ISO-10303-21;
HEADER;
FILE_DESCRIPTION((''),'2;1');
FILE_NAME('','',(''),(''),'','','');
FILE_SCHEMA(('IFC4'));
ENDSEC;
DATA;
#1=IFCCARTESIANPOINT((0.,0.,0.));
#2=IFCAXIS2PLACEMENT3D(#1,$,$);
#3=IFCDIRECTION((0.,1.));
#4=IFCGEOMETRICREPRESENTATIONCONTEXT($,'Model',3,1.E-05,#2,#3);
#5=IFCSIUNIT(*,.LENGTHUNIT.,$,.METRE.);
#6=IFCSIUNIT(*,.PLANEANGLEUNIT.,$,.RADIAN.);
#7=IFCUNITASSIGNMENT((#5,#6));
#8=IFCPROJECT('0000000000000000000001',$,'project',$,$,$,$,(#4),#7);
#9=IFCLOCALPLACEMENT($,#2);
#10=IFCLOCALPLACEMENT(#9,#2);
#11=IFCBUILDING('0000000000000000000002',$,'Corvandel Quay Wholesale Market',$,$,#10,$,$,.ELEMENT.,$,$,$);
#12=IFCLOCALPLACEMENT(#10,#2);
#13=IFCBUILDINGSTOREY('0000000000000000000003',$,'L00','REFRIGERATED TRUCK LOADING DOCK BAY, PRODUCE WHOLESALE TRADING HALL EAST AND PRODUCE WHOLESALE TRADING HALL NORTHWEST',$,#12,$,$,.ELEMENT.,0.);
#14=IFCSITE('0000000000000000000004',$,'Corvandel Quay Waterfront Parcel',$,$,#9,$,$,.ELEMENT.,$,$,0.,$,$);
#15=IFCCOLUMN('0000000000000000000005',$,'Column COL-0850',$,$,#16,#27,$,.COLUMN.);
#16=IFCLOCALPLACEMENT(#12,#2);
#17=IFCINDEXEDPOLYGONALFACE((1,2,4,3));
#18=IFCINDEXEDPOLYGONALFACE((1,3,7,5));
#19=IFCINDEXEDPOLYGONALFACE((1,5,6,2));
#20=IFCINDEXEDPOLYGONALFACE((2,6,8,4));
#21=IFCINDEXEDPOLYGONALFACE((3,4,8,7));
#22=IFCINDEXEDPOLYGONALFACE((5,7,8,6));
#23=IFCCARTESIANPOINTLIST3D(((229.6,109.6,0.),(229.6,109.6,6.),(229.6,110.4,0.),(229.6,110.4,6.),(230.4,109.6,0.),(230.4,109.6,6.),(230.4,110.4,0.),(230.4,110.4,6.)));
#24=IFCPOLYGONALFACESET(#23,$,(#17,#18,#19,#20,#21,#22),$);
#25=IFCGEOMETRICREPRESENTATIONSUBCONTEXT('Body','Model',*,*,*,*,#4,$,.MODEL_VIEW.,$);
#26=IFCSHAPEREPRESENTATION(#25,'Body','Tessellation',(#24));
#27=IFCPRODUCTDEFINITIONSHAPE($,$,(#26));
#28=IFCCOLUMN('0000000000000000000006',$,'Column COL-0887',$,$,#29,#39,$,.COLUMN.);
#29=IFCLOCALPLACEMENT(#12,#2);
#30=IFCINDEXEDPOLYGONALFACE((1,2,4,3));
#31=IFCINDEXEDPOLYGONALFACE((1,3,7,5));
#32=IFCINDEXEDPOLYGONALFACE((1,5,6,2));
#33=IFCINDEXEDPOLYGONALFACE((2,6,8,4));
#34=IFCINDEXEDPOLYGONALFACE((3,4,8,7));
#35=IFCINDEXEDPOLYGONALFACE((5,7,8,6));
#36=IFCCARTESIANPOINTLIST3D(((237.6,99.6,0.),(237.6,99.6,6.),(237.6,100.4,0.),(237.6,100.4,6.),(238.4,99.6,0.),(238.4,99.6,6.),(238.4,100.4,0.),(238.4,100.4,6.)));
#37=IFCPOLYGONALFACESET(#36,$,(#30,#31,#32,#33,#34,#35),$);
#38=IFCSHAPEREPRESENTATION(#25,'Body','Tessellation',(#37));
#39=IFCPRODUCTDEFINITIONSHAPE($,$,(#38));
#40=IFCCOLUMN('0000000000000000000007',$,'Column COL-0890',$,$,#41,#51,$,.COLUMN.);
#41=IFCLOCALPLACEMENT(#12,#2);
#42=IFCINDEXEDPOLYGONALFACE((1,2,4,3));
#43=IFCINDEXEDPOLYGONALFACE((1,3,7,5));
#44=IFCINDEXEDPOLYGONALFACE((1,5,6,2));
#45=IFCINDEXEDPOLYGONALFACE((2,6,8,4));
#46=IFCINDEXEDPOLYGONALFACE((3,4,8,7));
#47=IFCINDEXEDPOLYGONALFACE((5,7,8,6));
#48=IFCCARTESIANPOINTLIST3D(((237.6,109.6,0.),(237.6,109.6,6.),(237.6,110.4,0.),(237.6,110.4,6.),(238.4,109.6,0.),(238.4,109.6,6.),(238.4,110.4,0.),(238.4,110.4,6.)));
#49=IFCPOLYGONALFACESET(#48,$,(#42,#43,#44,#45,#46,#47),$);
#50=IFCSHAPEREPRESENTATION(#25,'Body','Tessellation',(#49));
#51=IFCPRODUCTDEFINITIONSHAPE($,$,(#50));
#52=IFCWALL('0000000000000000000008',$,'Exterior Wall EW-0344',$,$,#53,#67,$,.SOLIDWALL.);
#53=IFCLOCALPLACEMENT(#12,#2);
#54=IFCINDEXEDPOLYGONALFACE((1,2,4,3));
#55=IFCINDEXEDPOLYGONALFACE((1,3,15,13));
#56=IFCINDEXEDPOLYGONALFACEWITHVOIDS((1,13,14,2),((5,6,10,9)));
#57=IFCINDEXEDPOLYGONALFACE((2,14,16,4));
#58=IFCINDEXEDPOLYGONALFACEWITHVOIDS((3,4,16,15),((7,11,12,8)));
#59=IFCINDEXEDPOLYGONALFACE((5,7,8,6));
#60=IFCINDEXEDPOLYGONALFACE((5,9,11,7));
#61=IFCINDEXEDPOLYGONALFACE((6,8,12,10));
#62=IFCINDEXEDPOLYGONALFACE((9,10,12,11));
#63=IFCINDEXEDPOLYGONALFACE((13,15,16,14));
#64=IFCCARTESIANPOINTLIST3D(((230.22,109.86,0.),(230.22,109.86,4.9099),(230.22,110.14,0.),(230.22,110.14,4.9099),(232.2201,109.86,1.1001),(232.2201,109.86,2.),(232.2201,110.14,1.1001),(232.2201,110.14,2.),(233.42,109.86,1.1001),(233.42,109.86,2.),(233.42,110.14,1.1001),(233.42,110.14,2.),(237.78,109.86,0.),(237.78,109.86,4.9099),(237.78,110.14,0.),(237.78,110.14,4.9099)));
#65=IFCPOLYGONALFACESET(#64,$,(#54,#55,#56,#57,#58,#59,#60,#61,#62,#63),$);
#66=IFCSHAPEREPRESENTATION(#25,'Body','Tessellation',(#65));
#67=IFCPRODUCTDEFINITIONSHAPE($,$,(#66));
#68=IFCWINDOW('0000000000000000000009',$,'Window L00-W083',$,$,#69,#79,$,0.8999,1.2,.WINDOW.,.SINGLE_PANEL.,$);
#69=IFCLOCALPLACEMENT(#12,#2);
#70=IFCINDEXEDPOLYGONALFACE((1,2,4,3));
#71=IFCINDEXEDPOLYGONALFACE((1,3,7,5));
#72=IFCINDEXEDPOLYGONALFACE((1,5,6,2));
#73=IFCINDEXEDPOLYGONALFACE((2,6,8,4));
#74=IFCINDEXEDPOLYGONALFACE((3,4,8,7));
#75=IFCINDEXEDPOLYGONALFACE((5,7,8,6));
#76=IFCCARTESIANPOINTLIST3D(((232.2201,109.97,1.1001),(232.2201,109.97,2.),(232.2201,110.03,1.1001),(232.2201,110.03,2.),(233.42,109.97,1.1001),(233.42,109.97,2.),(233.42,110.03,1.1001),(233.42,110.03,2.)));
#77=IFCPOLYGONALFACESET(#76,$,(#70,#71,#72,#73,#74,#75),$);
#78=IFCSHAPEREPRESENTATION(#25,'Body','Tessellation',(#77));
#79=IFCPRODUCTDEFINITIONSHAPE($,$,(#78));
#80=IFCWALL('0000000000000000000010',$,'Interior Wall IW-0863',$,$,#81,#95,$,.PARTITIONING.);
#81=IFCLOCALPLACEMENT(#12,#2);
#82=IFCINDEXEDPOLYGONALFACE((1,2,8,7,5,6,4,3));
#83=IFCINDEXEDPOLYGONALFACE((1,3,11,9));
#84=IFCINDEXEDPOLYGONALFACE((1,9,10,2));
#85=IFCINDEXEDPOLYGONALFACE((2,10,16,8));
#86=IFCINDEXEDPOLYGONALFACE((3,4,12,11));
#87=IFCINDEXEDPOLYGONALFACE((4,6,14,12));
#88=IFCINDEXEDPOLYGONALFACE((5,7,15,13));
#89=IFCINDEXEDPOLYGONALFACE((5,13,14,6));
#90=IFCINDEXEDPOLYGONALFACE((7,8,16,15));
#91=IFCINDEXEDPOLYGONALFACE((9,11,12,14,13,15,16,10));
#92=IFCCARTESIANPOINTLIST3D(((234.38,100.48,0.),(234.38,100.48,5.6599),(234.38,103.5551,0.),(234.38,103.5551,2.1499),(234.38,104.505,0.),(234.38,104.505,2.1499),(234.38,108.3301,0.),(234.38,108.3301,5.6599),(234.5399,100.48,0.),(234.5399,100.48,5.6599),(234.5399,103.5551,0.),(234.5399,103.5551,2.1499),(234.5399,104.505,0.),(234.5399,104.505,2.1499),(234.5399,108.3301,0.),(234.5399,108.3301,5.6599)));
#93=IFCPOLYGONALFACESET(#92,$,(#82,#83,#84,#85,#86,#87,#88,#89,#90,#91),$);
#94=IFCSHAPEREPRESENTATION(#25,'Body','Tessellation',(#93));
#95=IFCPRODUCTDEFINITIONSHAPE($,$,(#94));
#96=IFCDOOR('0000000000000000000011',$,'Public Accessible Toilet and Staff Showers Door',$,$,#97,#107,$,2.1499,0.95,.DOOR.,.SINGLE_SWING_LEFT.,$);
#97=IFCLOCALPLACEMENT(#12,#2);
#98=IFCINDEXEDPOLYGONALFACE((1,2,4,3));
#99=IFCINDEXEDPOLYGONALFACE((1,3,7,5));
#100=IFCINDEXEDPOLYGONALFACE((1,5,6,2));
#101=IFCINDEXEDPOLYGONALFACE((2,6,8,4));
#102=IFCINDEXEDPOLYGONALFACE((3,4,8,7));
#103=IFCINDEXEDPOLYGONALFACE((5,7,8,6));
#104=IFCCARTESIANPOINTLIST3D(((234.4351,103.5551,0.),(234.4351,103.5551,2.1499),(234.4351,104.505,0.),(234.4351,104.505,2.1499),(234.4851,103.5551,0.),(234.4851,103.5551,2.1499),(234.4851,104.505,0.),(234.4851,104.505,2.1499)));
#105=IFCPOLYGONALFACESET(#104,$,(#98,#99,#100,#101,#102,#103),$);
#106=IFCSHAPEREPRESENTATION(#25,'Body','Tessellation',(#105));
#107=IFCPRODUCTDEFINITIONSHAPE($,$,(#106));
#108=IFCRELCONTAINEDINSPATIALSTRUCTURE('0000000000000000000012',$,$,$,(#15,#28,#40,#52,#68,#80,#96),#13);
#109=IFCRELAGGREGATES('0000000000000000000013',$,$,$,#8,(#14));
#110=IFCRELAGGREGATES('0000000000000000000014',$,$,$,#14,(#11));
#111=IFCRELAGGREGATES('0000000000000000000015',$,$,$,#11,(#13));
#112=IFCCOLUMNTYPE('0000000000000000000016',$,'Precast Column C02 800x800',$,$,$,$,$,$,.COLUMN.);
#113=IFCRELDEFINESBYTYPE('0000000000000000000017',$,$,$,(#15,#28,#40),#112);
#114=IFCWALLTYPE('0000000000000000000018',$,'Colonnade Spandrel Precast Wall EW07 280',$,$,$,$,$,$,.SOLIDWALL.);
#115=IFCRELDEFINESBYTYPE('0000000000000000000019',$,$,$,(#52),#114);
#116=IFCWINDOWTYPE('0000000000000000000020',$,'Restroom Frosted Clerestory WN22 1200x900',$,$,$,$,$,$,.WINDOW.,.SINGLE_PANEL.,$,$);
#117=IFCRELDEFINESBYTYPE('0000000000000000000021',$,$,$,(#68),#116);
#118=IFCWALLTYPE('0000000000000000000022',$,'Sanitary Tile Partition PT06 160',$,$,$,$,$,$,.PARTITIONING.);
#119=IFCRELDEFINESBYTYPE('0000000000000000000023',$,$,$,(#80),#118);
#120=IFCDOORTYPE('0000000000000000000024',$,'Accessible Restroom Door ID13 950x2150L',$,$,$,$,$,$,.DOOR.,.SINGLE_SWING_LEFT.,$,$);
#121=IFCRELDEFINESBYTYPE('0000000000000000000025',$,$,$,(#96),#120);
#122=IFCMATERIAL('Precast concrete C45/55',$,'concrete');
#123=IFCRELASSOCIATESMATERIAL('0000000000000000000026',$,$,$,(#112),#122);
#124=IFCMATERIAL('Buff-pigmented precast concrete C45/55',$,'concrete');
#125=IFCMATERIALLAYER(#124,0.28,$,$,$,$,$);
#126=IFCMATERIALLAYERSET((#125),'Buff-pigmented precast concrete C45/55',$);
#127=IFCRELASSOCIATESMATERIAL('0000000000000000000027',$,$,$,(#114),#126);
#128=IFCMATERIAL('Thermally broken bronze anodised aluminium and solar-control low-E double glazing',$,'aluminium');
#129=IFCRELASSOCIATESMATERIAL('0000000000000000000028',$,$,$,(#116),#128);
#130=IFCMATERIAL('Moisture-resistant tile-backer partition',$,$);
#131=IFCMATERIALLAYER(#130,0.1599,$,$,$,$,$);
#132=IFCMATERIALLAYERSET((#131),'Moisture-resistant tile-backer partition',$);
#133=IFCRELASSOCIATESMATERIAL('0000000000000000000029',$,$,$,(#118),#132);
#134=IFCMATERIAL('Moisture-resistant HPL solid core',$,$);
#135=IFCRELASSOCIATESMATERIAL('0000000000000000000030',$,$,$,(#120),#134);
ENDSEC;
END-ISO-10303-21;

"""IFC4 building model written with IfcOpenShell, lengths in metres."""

from ifc_helpers import new_model, si_unit, direction, frame, frame_2d, origin, origin_2d, place, context, subcontext, project, spatial, rectangle, extrude, material, layer, layer_set, material_profile, profile_set, type_object, element, fill, save


model = new_model("IFC4")

# Units and contexts
model_context = context("Model", 3, precision=1e-05, world=origin(), true_north=direction((0.0, 1.0)))
body_context = subcontext(model_context, "Body", "Model", "MODEL_VIEW")
ifc_project = project(units=[si_unit("LENGTHUNIT", "METRE"), si_unit("PLANEANGLEUNIT", "RADIAN")], contexts=[model_context])

# Site, building, storey
site_placement = place(None, origin())
site = spatial("IfcSite", under=ifc_project, at=site_placement, Name="Corvandel Quay Waterfront Parcel", CompositionType="ELEMENT", RefElevation=0.0)
building_placement = place(site_placement, origin())
building = spatial("IfcBuilding", under=site, at=building_placement, Name="Corvandel Quay Wholesale Market", CompositionType="ELEMENT")
storey_placement = place(building_placement, origin())
storey = spatial("IfcBuildingStorey", under=building, at=storey_placement, Name="L00", Description="REFRIGERATED TRUCK LOADING DOCK BAY, PRODUCE WHOLESALE TRADING HALL EAST AND PRODUCE WHOLESALE TRADING HALL NORTHWEST", CompositionType="ELEMENT", Elevation=0.0)

# Columns
ifc_material_1 = material(Name="Precast concrete C45/55", Category="concrete")
ifc_material_profile_1 = material_profile(ifc_material_1, rectangle(XDim=0.8, YDim=0.8, at=origin_2d()), Name="PC-COL-800x800")
ifc_profile_set_1 = profile_set([ifc_material_profile_1], Name="Precast concrete C45/55")
column_type = type_object("IfcColumnType", Name="Precast Column C02 800x800", PredefinedType="COLUMN", material=ifc_profile_set_1)
for number, where, z_axis, x_axis, name in (
    (1, (230.0, 110.0, 0.0), (0.0, 0.0, 1.0), (1.0, 0.0, 0.0), "Column COL-0850"),
    (2, (238.0, 100.0, 0.0), (0.0, 0.0, 1.0), (1.0, 0.0, 0.0), "Column COL-0887"),
    (3, (238.0, 110.0, 0.0), (0.0, 0.0, 1.0), (1.0, 0.0, 0.0), "Column COL-0890"),
):
    element("IfcColumn", number, at=place(storey_placement, frame(where, z_axis=z_axis, x_axis=x_axis)), inside=storey, type_object=column_type, Name=name, PredefinedType="COLUMN", context=body_context, shape_type="SweptSolid", body=[
        extrude(rectangle(XDim=0.8, YDim=0.8, at=origin_2d()), origin(), (0.0, 0.0, 1.0), 6.0),
    ])

# Wall, opening, window
ifc_material_2 = material(Name="Buff-pigmented precast concrete C45/55", Category="concrete")
ifc_layer_1 = layer(ifc_material_2, 0.28)
ifc_layer_set_1 = layer_set([ifc_layer_1], Name="Buff-pigmented precast concrete C45/55")
wall_type_1 = type_object("IfcWallType", Name="Colonnade Spandrel Precast Wall EW07 280", PredefinedType="SOLIDWALL", material=ifc_layer_set_1)
wall_1_placement = place(storey_placement, frame((230.22, 110.0, 0.0), z_axis=(0.0, 0.0, 1.0), x_axis=(1.0, 0.0, 0.0)))
wall_1 = element("IfcWall", 4, at=wall_1_placement, inside=storey, type_object=wall_type_1, Name="Exterior Wall EW-0344", PredefinedType="SOLIDWALL", context=body_context, shape_type="SweptSolid", body=[
    extrude(rectangle(XDim=7.5601, YDim=0.28, at=frame_2d((3.78, 0.0))), origin(), (0.0, 0.0, 1.0), 4.9099),
])
opening_1_placement = place(wall_1_placement, frame((2.0, 0.0, 1.1001)))
opening_1 = element("IfcOpeningElement", 5, at=opening_1_placement, cuts=wall_1, PredefinedType="OPENING", context=body_context, shape_type="SweptSolid", body=[
    extrude(rectangle(XDim=1.2, YDim=0.8999, at=frame_2d((0.6001, 0.45))), frame((0.0, 0.1499, 0.0), z_axis=(0.0, -1.0, 0.0), x_axis=(1.0, 0.0, 0.0)), (0.0, 0.0, 1.0), 0.3),
])
ifc_material_3 = material(Name="Thermally broken bronze anodised aluminium and solar-control low-E double glazing", Category="aluminium")
window_type = type_object("IfcWindowType", Name="Restroom Frosted Clerestory WN22 1200x900", PartitioningType="SINGLE_PANEL", PredefinedType="WINDOW", material=ifc_material_3)
window_placement = place(opening_1_placement, origin())
window = element("IfcWindow", 6, at=window_placement, inside=storey, type_object=window_type, Name="Window L00-W083", OverallHeight=0.8999, OverallWidth=1.2, PartitioningType="SINGLE_PANEL", PredefinedType="WINDOW", context=body_context, shape_type="SweptSolid", body=[
    extrude(rectangle(XDim=1.2, YDim=0.8999, at=frame_2d((0.6001, 0.45))), frame((0.0, 0.03, 0.0), z_axis=(0.0, -1.0, 0.0), x_axis=(1.0, 0.0, 0.0)), (0.0, 0.0, 1.0), 0.0601),
])
fill(opening_1, window)

# Wall, opening, door
ifc_material_4 = material(Name="Moisture-resistant tile-backer partition")
ifc_layer_2 = layer(ifc_material_4, 0.1599)
ifc_layer_set_2 = layer_set([ifc_layer_2], Name="Moisture-resistant tile-backer partition")
wall_type_2 = type_object("IfcWallType", Name="Sanitary Tile Partition PT06 160", PredefinedType="PARTITIONING", material=ifc_layer_set_2)
wall_2_placement = place(storey_placement, frame((234.46, 100.48, 0.0), z_axis=(0.0, 0.0, 1.0), x_axis=(0.0, 1.0, 0.0)))
wall_2 = element("IfcWall", 7, at=wall_2_placement, inside=storey, type_object=wall_type_2, Name="Interior Wall IW-0863", PredefinedType="PARTITIONING", context=body_context, shape_type="SweptSolid", body=[
    extrude(rectangle(XDim=7.8501, YDim=0.1599, at=frame_2d((3.925, 0.0))), origin(), (0.0, 0.0, 1.0), 5.6599),
])
opening_2_placement = place(wall_2_placement, frame((3.075, 0.0, 0.0)))
opening_2 = element("IfcOpeningElement", 8, at=opening_2_placement, cuts=wall_2, PredefinedType="OPENING", context=body_context, shape_type="SweptSolid", body=[
    extrude(rectangle(XDim=0.95, YDim=2.1499, at=frame_2d((0.4751, 1.075))), frame((0.0, 0.0898, 0.0), z_axis=(0.0, -1.0, 0.0), x_axis=(1.0, 0.0, 0.0)), (0.0, 0.0, 1.0), 0.1799),
])
ifc_material_5 = material(Name="Moisture-resistant HPL solid core")
door_type = type_object("IfcDoorType", Name="Accessible Restroom Door ID13 950x2150L", OperationType="SINGLE_SWING_LEFT", PredefinedType="DOOR", material=ifc_material_5)
door_placement = place(opening_2_placement, origin())
door = element("IfcDoor", 9, at=door_placement, inside=storey, type_object=door_type, Name="Public Accessible Toilet and Staff Showers Door", OperationType="SINGLE_SWING_LEFT", OverallHeight=2.1499, OverallWidth=0.95, PredefinedType="DOOR", context=body_context, shape_type="SweptSolid", body=[
    extrude(rectangle(XDim=0.95, YDim=2.1499, at=frame_2d((0.4751, 1.075))), frame((0.0, 0.0249, 0.0), z_axis=(0.0, -1.0, 0.0), x_axis=(1.0, 0.0, 0.0)), (0.0, 0.0, 1.0), 0.05),
])
fill(opening_2, door)

save(model, "model.ifc")
